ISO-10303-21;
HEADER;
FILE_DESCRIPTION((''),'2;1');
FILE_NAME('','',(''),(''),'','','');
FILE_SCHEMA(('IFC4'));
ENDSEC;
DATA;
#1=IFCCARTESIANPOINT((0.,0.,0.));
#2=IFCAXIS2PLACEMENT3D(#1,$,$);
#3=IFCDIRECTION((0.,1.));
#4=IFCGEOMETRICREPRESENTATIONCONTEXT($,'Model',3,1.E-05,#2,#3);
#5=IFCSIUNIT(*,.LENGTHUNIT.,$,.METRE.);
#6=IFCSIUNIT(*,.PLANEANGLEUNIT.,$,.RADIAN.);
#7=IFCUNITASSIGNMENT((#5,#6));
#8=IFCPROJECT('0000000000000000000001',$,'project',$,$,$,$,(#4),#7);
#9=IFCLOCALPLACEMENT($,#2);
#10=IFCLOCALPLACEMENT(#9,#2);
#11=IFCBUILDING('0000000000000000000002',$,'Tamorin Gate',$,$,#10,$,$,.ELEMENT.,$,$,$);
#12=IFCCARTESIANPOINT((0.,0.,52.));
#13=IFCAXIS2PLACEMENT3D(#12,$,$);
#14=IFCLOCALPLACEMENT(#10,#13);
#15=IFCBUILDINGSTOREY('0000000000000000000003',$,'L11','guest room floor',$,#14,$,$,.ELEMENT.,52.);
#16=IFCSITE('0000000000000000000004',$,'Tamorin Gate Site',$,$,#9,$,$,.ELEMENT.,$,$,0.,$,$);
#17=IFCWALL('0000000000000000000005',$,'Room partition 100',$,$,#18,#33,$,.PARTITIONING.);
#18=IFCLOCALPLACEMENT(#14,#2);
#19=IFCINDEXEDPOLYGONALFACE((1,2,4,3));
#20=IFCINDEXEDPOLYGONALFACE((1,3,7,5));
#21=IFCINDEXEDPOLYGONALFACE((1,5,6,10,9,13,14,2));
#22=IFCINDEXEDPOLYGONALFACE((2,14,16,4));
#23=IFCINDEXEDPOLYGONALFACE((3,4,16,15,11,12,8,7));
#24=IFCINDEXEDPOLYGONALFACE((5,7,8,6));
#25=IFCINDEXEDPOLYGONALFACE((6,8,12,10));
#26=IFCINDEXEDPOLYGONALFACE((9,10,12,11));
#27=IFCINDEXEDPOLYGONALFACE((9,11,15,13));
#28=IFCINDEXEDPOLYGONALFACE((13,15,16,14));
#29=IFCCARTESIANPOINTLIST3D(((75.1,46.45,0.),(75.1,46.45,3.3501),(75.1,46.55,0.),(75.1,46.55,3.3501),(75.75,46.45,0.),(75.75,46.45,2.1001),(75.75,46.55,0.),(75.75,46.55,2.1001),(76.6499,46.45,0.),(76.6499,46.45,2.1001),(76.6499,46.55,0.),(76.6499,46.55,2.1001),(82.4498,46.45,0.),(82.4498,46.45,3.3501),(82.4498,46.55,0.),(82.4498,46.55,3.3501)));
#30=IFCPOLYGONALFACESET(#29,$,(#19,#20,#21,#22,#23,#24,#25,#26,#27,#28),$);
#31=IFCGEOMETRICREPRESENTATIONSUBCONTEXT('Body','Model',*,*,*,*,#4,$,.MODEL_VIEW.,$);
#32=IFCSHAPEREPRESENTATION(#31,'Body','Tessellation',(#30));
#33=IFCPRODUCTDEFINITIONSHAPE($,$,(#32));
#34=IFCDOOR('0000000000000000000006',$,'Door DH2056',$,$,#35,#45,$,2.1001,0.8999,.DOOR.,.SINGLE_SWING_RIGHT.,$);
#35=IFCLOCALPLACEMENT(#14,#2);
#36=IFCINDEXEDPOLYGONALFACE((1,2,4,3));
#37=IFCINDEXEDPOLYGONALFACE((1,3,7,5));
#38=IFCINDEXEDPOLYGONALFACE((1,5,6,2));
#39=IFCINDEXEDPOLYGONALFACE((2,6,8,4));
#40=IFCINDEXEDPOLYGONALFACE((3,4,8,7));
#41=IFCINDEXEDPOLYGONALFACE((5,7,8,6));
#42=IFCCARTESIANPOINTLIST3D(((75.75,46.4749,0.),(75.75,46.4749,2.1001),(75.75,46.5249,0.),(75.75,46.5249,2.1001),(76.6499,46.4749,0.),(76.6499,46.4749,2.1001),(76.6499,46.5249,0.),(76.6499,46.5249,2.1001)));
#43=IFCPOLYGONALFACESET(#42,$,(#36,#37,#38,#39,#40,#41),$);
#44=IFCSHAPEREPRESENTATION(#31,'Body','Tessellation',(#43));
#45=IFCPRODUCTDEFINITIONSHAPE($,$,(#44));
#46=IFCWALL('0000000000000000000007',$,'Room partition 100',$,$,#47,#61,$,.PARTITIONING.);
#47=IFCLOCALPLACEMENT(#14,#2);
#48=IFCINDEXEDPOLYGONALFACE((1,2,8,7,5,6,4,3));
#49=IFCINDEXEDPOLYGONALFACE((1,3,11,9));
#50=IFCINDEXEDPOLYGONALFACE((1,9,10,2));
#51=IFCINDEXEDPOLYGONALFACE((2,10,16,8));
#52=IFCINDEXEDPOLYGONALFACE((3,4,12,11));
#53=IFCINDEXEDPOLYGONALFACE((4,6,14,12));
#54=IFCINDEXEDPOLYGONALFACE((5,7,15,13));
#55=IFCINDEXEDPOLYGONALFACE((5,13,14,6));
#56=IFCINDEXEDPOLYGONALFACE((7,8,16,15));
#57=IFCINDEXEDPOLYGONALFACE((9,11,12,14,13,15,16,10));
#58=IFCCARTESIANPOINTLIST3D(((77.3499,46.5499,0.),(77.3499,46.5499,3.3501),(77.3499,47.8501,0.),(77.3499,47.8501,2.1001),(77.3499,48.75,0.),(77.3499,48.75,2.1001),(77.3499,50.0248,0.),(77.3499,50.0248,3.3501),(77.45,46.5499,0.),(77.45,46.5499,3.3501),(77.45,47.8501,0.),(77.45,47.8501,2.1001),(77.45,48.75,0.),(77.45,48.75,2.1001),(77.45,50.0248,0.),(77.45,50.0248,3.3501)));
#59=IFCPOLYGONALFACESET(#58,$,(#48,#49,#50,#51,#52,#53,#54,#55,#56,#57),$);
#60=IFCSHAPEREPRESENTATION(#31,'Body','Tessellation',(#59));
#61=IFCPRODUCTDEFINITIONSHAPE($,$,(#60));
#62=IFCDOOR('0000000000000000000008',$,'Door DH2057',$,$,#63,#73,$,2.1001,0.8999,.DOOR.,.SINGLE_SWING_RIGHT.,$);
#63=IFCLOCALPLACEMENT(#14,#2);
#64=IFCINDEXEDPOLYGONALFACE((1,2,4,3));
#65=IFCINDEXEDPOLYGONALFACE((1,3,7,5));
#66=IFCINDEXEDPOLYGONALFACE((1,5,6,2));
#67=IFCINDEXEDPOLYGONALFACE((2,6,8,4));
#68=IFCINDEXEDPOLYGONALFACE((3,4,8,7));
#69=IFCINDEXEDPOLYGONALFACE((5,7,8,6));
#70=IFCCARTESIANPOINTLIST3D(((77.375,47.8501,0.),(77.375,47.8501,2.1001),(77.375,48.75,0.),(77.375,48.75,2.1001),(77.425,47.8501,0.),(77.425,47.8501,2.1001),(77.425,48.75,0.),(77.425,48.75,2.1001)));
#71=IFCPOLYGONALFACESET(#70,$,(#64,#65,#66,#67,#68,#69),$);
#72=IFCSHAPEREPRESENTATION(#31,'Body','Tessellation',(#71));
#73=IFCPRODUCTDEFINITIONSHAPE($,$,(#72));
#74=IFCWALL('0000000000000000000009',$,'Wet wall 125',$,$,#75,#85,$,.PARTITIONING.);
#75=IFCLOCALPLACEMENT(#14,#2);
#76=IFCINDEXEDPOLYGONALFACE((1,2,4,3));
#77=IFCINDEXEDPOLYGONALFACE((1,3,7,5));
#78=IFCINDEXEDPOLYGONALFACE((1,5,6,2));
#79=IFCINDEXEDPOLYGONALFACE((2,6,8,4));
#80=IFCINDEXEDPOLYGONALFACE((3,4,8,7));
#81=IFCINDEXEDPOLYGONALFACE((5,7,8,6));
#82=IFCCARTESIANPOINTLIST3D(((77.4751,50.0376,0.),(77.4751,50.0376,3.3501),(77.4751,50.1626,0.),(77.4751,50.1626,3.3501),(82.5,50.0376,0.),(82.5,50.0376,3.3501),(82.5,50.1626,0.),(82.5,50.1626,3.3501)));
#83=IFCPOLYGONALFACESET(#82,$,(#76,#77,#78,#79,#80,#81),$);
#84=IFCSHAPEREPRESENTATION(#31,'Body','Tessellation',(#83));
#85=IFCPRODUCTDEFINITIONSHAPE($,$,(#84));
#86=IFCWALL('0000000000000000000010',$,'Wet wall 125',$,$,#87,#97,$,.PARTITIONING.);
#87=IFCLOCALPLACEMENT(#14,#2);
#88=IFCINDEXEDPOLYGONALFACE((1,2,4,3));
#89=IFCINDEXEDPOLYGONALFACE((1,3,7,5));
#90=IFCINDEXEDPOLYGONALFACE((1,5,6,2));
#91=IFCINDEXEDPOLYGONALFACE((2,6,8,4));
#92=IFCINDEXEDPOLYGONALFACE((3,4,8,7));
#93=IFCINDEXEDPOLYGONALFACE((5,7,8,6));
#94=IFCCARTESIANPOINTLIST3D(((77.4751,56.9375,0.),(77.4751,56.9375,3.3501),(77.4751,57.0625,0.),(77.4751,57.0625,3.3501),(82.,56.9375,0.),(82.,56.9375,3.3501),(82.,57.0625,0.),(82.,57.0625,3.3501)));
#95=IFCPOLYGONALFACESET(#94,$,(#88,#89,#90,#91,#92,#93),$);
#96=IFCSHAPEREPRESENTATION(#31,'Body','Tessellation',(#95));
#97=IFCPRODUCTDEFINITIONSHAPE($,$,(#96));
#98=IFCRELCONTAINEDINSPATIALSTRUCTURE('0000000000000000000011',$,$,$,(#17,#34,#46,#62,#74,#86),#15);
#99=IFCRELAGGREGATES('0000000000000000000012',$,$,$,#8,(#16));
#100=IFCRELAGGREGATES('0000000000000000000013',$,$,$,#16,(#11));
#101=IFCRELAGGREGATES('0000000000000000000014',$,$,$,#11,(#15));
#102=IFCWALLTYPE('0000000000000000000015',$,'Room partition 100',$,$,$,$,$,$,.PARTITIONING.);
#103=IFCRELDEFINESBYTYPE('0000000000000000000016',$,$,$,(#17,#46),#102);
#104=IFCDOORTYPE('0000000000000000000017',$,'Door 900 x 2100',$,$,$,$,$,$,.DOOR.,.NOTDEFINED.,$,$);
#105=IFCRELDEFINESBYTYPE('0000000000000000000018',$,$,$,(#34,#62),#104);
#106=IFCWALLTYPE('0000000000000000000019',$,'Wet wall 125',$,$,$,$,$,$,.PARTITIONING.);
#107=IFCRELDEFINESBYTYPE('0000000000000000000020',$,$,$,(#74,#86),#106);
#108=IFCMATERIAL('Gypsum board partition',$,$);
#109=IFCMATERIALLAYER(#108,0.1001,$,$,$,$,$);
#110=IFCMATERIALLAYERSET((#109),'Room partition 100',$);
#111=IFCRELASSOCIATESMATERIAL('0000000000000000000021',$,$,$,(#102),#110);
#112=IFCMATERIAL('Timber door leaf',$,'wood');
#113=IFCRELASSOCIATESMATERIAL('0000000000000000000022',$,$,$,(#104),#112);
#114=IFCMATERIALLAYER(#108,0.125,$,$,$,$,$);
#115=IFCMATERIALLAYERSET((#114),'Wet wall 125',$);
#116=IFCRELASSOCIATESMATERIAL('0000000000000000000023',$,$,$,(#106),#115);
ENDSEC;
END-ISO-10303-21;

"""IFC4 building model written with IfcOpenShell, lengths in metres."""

from ifc_helpers import new_model, si_unit, direction, frame, frame_2d, origin, place, context, subcontext, project, spatial, rectangle, extrude, material, layer, layer_set, type_object, element, fill, save


model = new_model("IFC4")

# Units and contexts
model_context = context("Model", 3, precision=1e-05, world=origin(), true_north=direction((0.0, 1.0)))
body_context = subcontext(model_context, "Body", "Model", "MODEL_VIEW")
ifc_project = project(units=[si_unit("LENGTHUNIT", "METRE"), si_unit("PLANEANGLEUNIT", "RADIAN")], contexts=[model_context])

# Site, building, storey
site_placement = place(None, origin())
site = spatial("IfcSite", under=ifc_project, at=site_placement, Name="Tamorin Gate Site", CompositionType="ELEMENT", RefElevation=0.0)
building_placement = place(site_placement, origin())
building = spatial("IfcBuilding", under=site, at=building_placement, Name="Tamorin Gate", CompositionType="ELEMENT")
storey_placement = place(building_placement, frame((0.0, 0.0, 52.0)))
storey = spatial("IfcBuildingStorey", under=building, at=storey_placement, Name="L11", Description="guest room floor", CompositionType="ELEMENT", Elevation=52.0)

# Shared definitions
ifc_material_1 = material(Name="Gypsum board partition")
ifc_material_2 = material(Name="Timber door leaf", Category="wood")

# Walls, openings, doors
ifc_layer_1 = layer(ifc_material_1, 0.1001)
ifc_layer_set_1 = layer_set([ifc_layer_1], Name="Room partition 100")
wall_type_1 = type_object("IfcWallType", Name="Room partition 100", PredefinedType="PARTITIONING", material=ifc_layer_set_1)
wall_1_placement = place(storey_placement, frame((75.1001, 46.5, 0.0), z_axis=(0.0, 0.0, 1.0), x_axis=(1.0, 0.0, 0.0)))
wall_1 = element("IfcWall", 1, at=wall_1_placement, inside=storey, type_object=wall_type_1, Name="Room partition 100", PredefinedType="PARTITIONING", context=body_context, shape_type="SweptSolid", body=[
    extrude(rectangle(XDim=7.3499, YDim=0.1001, at=frame_2d((3.6748, 0.0))), origin(), (0.0, 0.0, 1.0), 3.3501),
])
opening_1_placement = place(wall_1_placement, frame((0.6499, 0.0, 0.0)))
opening_1 = element("IfcOpeningElement", 2, at=opening_1_placement, cuts=wall_1, PredefinedType="OPENING", context=body_context, shape_type="SweptSolid", body=[
    extrude(rectangle(XDim=0.8999, YDim=2.1001, at=frame_2d((0.45, 1.05))), frame((0.0, 0.0601, 0.0), z_axis=(0.0, -1.0, 0.0), x_axis=(1.0, 0.0, 0.0)), (0.0, 0.0, 1.0), 0.1201),
])
door_type_1 = type_object("IfcDoorType", Name="Door 900 x 2100", OperationType="NOTDEFINED", PredefinedType="DOOR", material=ifc_material_2)
door_1_placement = place(opening_1_placement, origin())
door_1 = element("IfcDoor", 3, at=door_1_placement, inside=storey, type_object=door_type_1, Name="Door DH2056", OperationType="SINGLE_SWING_RIGHT", OverallHeight=2.1001, OverallWidth=0.8999, PredefinedType="DOOR", context=body_context, shape_type="SweptSolid", body=[
    extrude(rectangle(XDim=0.8999, YDim=2.1001, at=frame_2d((0.45, 1.05))), frame((0.0, 0.0249, 0.0), z_axis=(0.0, -1.0, 0.0), x_axis=(1.0, 0.0, 0.0)), (0.0, 0.0, 1.0), 0.05),
])
fill(opening_1, door_1)
wall_2_placement = place(storey_placement, frame((77.3999, 46.55, 0.0), z_axis=(0.0, 0.0, 1.0), x_axis=(0.0, 1.0, 0.0)))
wall_2 = element("IfcWall", 4, at=wall_2_placement, inside=storey, type_object=wall_type_1, Name="Room partition 100", PredefinedType="PARTITIONING", context=body_context, shape_type="SweptSolid", body=[
    extrude(rectangle(XDim=3.4749, YDim=0.1001, at=frame_2d((1.7373, 0.0))), origin(), (0.0, 0.0, 1.0), 3.3501),
])
opening_2_placement = place(wall_2_placement, frame((1.3, 0.0, 0.0)))
opening_2 = element("IfcOpeningElement", 5, at=opening_2_placement, cuts=wall_2, PredefinedType="OPENING", context=body_context, shape_type="SweptSolid", body=[
    extrude(rectangle(XDim=0.8999, YDim=2.1001, at=frame_2d((0.45, 1.05))), frame((0.0, 0.0601, 0.0), z_axis=(0.0, -1.0, 0.0), x_axis=(1.0, 0.0, 0.0)), (0.0, 0.0, 1.0), 0.1201),
])
door_2_placement = place(opening_2_placement, origin())
door_2 = element("IfcDoor", 6, at=door_2_placement, inside=storey, type_object=door_type_1, Name="Door DH2057", OperationType="SINGLE_SWING_RIGHT", OverallHeight=2.1001, OverallWidth=0.8999, PredefinedType="DOOR", context=body_context, shape_type="SweptSolid", body=[
    extrude(rectangle(XDim=0.8999, YDim=2.1001, at=frame_2d((0.45, 1.05))), frame((0.0, 0.0249, 0.0), z_axis=(0.0, -1.0, 0.0), x_axis=(1.0, 0.0, 0.0)), (0.0, 0.0, 1.0), 0.05),
])
fill(opening_2, door_2)

# Walls
ifc_layer_2 = layer(ifc_material_1, 0.125)
ifc_layer_set_2 = layer_set([ifc_layer_2], Name="Wet wall 125")
wall_type_2 = type_object("IfcWallType", Name="Wet wall 125", PredefinedType="PARTITIONING", material=ifc_layer_set_2)
wall_3_placement = place(storey_placement, frame((77.4751, 50.1001, 0.0), z_axis=(0.0, 0.0, 1.0), x_axis=(1.0, 0.0, 0.0)))
element("IfcWall", 7, at=wall_3_placement, inside=storey, type_object=wall_type_2, Name="Wet wall 125", PredefinedType="PARTITIONING", context=body_context, shape_type="SweptSolid", body=[
    extrude(rectangle(XDim=5.0249, YDim=0.125, at=frame_2d((2.5125, 0.0))), origin(), (0.0, 0.0, 1.0), 3.3501),
])
wall_4_placement = place(storey_placement, frame((77.4751, 57.0, 0.0), z_axis=(0.0, 0.0, 1.0), x_axis=(1.0, 0.0, 0.0)))
element("IfcWall", 8, at=wall_4_placement, inside=storey, type_object=wall_type_2, Name="Wet wall 125", PredefinedType="PARTITIONING", context=body_context, shape_type="SweptSolid", body=[
    extrude(rectangle(XDim=4.5249, YDim=0.125, at=frame_2d((2.2625, 0.0))), origin(), (0.0, 0.0, 1.0), 3.3501),
])

save(model, "model.ifc")
